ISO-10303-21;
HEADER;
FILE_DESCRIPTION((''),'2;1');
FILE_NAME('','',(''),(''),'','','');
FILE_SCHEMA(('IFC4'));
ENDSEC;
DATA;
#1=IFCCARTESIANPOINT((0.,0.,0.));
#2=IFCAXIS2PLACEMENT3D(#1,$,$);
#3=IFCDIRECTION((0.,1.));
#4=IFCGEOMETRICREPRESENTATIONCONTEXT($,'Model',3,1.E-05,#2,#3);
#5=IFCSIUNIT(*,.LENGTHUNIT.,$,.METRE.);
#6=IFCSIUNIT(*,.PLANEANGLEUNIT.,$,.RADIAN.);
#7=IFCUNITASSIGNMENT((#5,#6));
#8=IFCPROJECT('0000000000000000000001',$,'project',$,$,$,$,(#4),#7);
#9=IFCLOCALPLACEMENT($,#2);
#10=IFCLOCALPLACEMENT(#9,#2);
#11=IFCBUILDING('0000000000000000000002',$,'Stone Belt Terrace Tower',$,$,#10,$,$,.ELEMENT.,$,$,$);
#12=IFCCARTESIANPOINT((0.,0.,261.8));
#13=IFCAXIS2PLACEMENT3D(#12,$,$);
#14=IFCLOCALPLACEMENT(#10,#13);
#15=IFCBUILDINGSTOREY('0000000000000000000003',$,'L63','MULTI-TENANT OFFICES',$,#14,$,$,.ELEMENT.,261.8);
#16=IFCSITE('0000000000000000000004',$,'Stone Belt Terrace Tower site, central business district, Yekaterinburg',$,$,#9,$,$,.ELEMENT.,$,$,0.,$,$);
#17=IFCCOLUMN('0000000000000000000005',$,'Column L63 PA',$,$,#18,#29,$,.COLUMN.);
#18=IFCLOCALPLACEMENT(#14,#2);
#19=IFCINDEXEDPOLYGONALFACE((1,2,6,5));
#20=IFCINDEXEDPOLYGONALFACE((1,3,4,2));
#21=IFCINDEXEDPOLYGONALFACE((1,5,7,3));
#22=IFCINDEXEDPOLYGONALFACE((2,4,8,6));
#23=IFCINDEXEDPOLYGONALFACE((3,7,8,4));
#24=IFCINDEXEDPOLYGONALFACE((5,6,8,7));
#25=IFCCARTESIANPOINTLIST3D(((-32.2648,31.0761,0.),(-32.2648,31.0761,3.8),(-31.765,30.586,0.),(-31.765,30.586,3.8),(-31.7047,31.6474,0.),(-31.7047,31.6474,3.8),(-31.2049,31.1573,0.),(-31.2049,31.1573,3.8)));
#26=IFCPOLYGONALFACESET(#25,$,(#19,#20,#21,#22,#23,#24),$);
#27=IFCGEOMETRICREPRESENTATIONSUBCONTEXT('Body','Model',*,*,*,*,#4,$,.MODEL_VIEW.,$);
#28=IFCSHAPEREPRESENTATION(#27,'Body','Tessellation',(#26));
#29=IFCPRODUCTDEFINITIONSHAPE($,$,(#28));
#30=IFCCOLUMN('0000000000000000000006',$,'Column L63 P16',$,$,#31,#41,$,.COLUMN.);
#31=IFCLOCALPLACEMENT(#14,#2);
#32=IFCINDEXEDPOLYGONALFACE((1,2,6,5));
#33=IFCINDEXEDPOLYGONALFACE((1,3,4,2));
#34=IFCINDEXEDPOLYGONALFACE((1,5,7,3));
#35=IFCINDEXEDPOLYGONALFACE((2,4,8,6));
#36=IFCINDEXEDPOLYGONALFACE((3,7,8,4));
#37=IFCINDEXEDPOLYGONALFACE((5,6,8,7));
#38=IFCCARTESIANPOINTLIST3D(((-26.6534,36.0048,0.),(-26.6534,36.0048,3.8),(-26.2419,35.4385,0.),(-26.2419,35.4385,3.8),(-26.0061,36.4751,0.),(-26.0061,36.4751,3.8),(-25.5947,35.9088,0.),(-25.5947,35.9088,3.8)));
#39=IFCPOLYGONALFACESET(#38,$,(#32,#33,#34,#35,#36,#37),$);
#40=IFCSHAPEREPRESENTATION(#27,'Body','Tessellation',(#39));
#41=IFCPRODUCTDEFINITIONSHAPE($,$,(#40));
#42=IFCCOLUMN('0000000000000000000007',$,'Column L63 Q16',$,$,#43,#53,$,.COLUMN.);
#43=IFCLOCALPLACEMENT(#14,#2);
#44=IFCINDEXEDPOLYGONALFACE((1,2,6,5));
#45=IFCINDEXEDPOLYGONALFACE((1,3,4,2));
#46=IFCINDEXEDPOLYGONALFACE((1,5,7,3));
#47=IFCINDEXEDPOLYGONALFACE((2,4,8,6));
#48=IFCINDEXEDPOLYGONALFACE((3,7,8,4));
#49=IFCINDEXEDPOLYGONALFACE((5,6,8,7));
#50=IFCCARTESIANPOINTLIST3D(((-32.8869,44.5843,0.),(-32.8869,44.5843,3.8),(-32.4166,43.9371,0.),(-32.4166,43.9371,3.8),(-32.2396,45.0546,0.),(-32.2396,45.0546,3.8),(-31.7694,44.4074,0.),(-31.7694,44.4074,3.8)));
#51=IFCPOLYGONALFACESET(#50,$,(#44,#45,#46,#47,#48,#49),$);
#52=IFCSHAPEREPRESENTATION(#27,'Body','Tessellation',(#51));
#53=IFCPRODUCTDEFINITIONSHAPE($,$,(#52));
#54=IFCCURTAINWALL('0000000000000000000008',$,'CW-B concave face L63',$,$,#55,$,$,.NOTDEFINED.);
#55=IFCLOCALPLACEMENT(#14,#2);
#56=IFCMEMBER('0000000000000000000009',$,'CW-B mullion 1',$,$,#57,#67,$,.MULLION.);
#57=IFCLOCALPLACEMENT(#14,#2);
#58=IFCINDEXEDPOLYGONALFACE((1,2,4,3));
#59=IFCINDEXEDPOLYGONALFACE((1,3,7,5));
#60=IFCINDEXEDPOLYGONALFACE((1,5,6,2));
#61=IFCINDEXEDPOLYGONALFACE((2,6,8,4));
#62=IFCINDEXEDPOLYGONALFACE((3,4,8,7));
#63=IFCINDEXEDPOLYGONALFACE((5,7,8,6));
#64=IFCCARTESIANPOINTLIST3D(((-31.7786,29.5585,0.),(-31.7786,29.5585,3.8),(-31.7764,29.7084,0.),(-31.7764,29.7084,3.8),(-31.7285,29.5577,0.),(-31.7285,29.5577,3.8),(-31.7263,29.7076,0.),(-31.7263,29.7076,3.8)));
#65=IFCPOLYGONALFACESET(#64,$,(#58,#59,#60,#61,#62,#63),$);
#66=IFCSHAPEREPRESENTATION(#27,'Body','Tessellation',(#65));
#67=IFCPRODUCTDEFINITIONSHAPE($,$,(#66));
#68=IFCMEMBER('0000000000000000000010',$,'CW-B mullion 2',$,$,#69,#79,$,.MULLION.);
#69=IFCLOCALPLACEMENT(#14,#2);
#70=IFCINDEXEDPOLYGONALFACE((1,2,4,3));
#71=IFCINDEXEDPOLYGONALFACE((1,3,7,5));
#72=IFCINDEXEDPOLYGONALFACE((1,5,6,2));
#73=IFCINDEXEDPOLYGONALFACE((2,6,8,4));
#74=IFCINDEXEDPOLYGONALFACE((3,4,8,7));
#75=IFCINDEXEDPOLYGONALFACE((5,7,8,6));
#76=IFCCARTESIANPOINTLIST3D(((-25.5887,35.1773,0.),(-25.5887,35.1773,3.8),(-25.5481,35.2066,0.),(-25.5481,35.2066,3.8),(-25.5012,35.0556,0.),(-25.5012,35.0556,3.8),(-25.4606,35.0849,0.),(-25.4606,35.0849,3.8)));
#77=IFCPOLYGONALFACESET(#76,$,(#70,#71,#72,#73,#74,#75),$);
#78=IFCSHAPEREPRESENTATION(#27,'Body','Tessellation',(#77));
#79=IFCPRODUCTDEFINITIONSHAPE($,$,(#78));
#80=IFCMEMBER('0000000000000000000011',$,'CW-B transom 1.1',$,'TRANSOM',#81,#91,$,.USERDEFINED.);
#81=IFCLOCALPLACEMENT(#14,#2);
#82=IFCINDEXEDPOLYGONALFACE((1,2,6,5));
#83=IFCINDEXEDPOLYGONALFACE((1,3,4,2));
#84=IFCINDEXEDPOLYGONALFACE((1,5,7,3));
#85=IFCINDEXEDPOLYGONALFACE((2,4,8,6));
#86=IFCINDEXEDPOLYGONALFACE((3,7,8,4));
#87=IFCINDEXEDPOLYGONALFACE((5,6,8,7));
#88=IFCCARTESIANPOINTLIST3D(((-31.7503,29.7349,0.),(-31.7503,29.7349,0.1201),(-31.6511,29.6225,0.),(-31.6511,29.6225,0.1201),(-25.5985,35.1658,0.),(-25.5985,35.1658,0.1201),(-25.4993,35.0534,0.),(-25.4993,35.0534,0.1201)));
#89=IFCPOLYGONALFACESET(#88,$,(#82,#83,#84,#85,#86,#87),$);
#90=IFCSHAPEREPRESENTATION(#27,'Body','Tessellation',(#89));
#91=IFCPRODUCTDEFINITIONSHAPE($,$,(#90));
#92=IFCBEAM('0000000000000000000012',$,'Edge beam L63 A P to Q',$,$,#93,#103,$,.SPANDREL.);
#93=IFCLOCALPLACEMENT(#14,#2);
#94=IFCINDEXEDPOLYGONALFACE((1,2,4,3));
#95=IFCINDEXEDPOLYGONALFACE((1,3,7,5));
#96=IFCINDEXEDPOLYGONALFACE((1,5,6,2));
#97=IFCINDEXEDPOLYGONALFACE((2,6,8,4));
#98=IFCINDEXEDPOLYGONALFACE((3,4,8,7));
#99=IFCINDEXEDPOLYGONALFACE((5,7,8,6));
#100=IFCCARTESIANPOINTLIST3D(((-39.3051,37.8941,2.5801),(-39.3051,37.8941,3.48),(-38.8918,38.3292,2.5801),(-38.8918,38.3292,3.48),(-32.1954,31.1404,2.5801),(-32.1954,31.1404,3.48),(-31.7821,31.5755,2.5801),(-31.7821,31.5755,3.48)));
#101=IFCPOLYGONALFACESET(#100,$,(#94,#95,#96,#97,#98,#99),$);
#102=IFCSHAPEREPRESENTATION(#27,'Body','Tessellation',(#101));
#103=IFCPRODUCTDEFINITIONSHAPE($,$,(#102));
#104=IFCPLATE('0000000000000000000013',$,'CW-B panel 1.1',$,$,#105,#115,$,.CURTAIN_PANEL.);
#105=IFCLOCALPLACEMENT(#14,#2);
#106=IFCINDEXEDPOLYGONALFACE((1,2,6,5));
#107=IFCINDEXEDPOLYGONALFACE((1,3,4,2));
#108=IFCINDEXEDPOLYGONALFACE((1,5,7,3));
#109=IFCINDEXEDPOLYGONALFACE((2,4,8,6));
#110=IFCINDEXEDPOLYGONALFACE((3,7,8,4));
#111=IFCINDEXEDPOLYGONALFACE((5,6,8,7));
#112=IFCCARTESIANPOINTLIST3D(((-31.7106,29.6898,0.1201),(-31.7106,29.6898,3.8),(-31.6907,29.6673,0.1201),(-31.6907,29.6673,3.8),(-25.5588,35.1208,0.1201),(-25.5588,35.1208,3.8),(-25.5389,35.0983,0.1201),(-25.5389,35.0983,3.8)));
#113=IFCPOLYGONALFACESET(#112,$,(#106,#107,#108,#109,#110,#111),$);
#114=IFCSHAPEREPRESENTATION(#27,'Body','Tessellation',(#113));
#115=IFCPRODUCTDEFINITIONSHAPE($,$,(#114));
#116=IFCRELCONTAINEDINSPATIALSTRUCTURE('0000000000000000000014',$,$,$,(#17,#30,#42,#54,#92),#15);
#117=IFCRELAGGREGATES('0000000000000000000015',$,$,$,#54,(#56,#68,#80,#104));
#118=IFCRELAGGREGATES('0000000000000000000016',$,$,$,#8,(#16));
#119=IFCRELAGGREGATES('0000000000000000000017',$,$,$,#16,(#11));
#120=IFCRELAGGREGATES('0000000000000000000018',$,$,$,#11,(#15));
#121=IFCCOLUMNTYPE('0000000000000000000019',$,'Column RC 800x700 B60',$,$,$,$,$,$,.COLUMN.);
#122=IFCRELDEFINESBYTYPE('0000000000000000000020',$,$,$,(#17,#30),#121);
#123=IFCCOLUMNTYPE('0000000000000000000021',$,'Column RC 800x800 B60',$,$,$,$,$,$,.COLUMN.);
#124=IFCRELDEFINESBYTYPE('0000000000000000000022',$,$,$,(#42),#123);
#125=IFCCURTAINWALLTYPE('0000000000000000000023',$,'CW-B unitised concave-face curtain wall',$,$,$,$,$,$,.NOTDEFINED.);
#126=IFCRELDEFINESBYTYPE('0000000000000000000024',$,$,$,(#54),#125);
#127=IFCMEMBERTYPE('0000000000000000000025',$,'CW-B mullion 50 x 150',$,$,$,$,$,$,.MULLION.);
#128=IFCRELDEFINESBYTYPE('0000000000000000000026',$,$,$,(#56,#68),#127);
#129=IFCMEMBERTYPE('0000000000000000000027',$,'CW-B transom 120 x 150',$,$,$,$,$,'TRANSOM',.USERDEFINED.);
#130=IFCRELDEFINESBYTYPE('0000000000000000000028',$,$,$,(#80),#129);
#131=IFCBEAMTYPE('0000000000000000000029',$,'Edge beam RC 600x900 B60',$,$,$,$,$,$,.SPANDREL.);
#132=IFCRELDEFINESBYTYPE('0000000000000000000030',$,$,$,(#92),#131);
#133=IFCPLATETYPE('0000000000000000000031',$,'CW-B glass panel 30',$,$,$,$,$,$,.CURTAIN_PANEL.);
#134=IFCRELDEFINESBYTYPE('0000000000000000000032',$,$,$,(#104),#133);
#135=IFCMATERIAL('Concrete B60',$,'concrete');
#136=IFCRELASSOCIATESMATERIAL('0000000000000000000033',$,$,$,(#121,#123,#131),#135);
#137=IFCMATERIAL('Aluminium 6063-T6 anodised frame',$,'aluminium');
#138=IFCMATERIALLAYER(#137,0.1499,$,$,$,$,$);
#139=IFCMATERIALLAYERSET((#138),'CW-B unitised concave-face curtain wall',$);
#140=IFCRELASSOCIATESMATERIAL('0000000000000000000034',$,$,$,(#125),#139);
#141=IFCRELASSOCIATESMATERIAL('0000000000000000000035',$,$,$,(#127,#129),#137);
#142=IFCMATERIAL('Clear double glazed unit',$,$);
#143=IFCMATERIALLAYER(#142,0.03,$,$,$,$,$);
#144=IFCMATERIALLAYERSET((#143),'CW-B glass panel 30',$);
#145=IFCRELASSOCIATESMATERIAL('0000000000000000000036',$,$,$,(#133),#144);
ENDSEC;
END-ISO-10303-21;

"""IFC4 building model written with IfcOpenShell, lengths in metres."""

from ifc_helpers import new_model, si_unit, direction, frame, origin, origin_2d, place, context, subcontext, project, spatial, rectangle, extrude, material, layer, layer_set, material_profile, profile_set, type_object, element, aggregate, save


model = new_model("IFC4")

# Units and contexts
model_context = context("Model", 3, precision=1e-05, world=origin(), true_north=direction((0.0, 1.0)))
body_context = subcontext(model_context, "Body", "Model", "MODEL_VIEW")
ifc_project = project(units=[si_unit("LENGTHUNIT", "METRE"), si_unit("PLANEANGLEUNIT", "RADIAN")], contexts=[model_context])

# Site, building, storey
site_placement = place(None, origin())
site = spatial("IfcSite", under=ifc_project, at=site_placement, Name="Stone Belt Terrace Tower site, central business district, Yekaterinburg", CompositionType="ELEMENT", RefElevation=0.0)
building_placement = place(site_placement, origin())
building = spatial("IfcBuilding", under=site, at=building_placement, Name="Stone Belt Terrace Tower", CompositionType="ELEMENT")
storey_placement = place(building_placement, frame((0.0, 0.0, 261.8)))
storey = spatial("IfcBuildingStorey", under=building, at=storey_placement, Name="L63", Description="MULTI-TENANT OFFICES", CompositionType="ELEMENT", Elevation=261.8)

# Columns
ifc_material_1 = material(Name="Concrete B60", Category="concrete")
ifc_material_profile_1 = material_profile(ifc_material_1, rectangle(XDim=0.8, YDim=0.7, at=origin_2d()), Name="RC 800x700")
ifc_profile_set_1 = profile_set([ifc_material_profile_1], Name="Concrete B60")
column_type_1 = type_object("IfcColumnType", Name="Column RC 800x700 B60", PredefinedType="COLUMN", material=ifc_profile_set_1)
for number, where, z_axis, x_axis, name in (
    (1, (-31.7349, 31.1167, 0.0), (0.0, 0.0, 1.0), (0.70012, 0.714026, 0.0), "Column L63 PA"),
    (2, (-26.124, 35.9568, 0.0), (0.0, 0.0, 1.0), (0.809017, 0.587785, 0.0), "Column L63 P16"),
):
    element("IfcColumn", number, at=place(storey_placement, frame(where, z_axis=z_axis, x_axis=x_axis)), inside=storey, type_object=column_type_1, Name=name, PredefinedType="COLUMN", context=body_context, shape_type="SweptSolid", body=[
        extrude(rectangle(XDim=0.8, YDim=0.7, at=origin_2d()), origin(), (0.0, 0.0, 1.0), 3.8),
    ])
ifc_material_profile_2 = material_profile(ifc_material_1, rectangle(XDim=0.8, YDim=0.8, at=origin_2d()), Name="RC 800x800")
ifc_profile_set_2 = profile_set([ifc_material_profile_2], Name="Concrete B60")
column_type_2 = type_object("IfcColumnType", Name="Column RC 800x800 B60", PredefinedType="COLUMN", material=ifc_profile_set_2)
column_placement = place(storey_placement, frame((-32.3281, 44.4958, 0.0), z_axis=(0.0, 0.0, 1.0), x_axis=(0.809017, 0.587785, 0.0)))
element("IfcColumn", 3, at=column_placement, inside=storey, type_object=column_type_2, Name="Column L63 Q16", PredefinedType="COLUMN", context=body_context, shape_type="SweptSolid", body=[
    extrude(rectangle(XDim=0.8, YDim=0.8, at=origin_2d()), origin(), (0.0, 0.0, 1.0), 3.8),
])

# Curtain wall, members
ifc_material_2 = material(Name="Aluminium 6063-T6 anodised frame", Category="aluminium")
ifc_layer_1 = layer(ifc_material_2, 0.1499)
ifc_layer_set_1 = layer_set([ifc_layer_1], Name="CW-B unitised concave-face curtain wall")
curtain_wall_type = type_object("IfcCurtainWallType", Name="CW-B unitised concave-face curtain wall", PredefinedType="NOTDEFINED", material=ifc_layer_set_1)
curtain_wall_placement = place(storey_placement, origin())
curtain_wall = element("IfcCurtainWall", 4, at=curtain_wall_placement, inside=storey, type_object=curtain_wall_type, Name="CW-B concave face L63", PredefinedType="NOTDEFINED")
ifc_material_profile_3 = material_profile(ifc_material_2, rectangle(XDim=0.1499, YDim=0.05, at=origin_2d()), Name="Aluminium 6063-T6 50x150")
ifc_profile_set_3 = profile_set([ifc_material_profile_3], Name="Aluminium 6063-T6 anodised frame")
member_type_1 = type_object("IfcMemberType", Name="CW-B mullion 50 x 150", PredefinedType="MULLION", material=ifc_profile_set_3)
member_1_placement = place(storey_placement, frame((-31.7524, 29.6331, 0.0), z_axis=(0.0, 0.0, 1.0), x_axis=(0.014682, 0.999892, 0.0)))
member_1 = element("IfcMember", 5, at=member_1_placement, type_object=member_type_1, Name="CW-B mullion 1", PredefinedType="MULLION", context=body_context, shape_type="SweptSolid", body=[
    extrude(rectangle(XDim=0.1499, YDim=0.05, at=origin_2d()), origin(), (0.0, 0.0, 1.0), 3.8),
])
member_2_placement = place(storey_placement, frame((-25.5247, 35.1311, 0.0), z_axis=(0.0, 0.0, 1.0), x_axis=(-0.583819, 0.811884, 0.0)))
member_2 = element("IfcMember", 6, at=member_2_placement, type_object=member_type_1, Name="CW-B mullion 2", PredefinedType="MULLION", context=body_context, shape_type="SweptSolid", body=[
    extrude(rectangle(XDim=0.1499, YDim=0.05, at=origin_2d()), origin(), (0.0, 0.0, 1.0), 3.8),
])
ifc_material_profile_4 = material_profile(ifc_material_2, rectangle(XDim=0.1499, YDim=0.1201, at=origin_2d()), Name="Aluminium 6063-T6 150x120")
ifc_profile_set_4 = profile_set([ifc_material_profile_4], Name="Aluminium 6063-T6 anodised frame")
member_type_2 = type_object("IfcMemberType", Name="CW-B transom 120 x 150", ElementType="TRANSOM", PredefinedType="USERDEFINED", material=ifc_profile_set_4)
member_3_placement = place(storey_placement, frame((-31.7007, 29.6787, 0.0601), z_axis=(0.749669, 0.661813, 0.0), x_axis=(-0.661813, 0.749669, 0.0)))
member_3 = element("IfcMember", 7, at=member_3_placement, type_object=member_type_2, Name="CW-B transom 1.1", ObjectType="TRANSOM", PredefinedType="USERDEFINED", context=body_context, shape_type="SweptSolid", body=[
    extrude(rectangle(XDim=0.1499, YDim=0.1201, at=origin_2d()), origin(), (0.0, 0.0, 1.0), 8.2061),
])

# Beam
ifc_material_profile_5 = material_profile(ifc_material_1, rectangle(XDim=0.6001, YDim=0.8999, at=origin_2d()), Name="RC 600x900")
ifc_profile_set_5 = profile_set([ifc_material_profile_5], Name="Concrete B60")
beam_type = type_object("IfcBeamType", Name="Edge beam RC 600x900 B60", PredefinedType="SPANDREL", material=ifc_profile_set_5)
beam_placement = place(storey_placement, frame((-31.9888, 31.3579, 3.03), z_axis=(-0.725024, 0.688724, 0.0), x_axis=(-0.688724, -0.725024, 0.0)))
element("IfcBeam", 8, at=beam_placement, inside=storey, type_object=beam_type, Name="Edge beam L63 A P to Q", PredefinedType="SPANDREL", context=body_context, shape_type="SweptSolid", body=[
    extrude(rectangle(XDim=0.6001, YDim=0.8999, at=origin_2d()), origin(), (0.0, 0.0, 1.0), 9.8062),
])

# Plate
ifc_material_3 = material(Name="Clear double glazed unit")
ifc_layer_2 = layer(ifc_material_3, 0.03)
ifc_layer_set_2 = layer_set([ifc_layer_2], Name="CW-B glass panel 30")
plate_type = type_object("IfcPlateType", Name="CW-B glass panel 30", PredefinedType="CURTAIN_PANEL", material=ifc_layer_set_2)
plate_placement = place(storey_placement, frame((-28.6248, 32.394, 0.1201), z_axis=(0.0, 0.0, 1.0), x_axis=(0.749659, 0.661825, 0.0)))
plate = element("IfcPlate", 9, at=plate_placement, type_object=plate_type, Name="CW-B panel 1.1", PredefinedType="CURTAIN_PANEL", context=body_context, shape_type="SweptSolid", body=[
    extrude(rectangle(XDim=8.2061, YDim=0.03, at=origin_2d()), origin(), (0.0, 0.0, 1.0), 3.6799),
])
aggregate(curtain_wall, [member_1, member_2, member_3, plate])

save(model, "model.ifc")
